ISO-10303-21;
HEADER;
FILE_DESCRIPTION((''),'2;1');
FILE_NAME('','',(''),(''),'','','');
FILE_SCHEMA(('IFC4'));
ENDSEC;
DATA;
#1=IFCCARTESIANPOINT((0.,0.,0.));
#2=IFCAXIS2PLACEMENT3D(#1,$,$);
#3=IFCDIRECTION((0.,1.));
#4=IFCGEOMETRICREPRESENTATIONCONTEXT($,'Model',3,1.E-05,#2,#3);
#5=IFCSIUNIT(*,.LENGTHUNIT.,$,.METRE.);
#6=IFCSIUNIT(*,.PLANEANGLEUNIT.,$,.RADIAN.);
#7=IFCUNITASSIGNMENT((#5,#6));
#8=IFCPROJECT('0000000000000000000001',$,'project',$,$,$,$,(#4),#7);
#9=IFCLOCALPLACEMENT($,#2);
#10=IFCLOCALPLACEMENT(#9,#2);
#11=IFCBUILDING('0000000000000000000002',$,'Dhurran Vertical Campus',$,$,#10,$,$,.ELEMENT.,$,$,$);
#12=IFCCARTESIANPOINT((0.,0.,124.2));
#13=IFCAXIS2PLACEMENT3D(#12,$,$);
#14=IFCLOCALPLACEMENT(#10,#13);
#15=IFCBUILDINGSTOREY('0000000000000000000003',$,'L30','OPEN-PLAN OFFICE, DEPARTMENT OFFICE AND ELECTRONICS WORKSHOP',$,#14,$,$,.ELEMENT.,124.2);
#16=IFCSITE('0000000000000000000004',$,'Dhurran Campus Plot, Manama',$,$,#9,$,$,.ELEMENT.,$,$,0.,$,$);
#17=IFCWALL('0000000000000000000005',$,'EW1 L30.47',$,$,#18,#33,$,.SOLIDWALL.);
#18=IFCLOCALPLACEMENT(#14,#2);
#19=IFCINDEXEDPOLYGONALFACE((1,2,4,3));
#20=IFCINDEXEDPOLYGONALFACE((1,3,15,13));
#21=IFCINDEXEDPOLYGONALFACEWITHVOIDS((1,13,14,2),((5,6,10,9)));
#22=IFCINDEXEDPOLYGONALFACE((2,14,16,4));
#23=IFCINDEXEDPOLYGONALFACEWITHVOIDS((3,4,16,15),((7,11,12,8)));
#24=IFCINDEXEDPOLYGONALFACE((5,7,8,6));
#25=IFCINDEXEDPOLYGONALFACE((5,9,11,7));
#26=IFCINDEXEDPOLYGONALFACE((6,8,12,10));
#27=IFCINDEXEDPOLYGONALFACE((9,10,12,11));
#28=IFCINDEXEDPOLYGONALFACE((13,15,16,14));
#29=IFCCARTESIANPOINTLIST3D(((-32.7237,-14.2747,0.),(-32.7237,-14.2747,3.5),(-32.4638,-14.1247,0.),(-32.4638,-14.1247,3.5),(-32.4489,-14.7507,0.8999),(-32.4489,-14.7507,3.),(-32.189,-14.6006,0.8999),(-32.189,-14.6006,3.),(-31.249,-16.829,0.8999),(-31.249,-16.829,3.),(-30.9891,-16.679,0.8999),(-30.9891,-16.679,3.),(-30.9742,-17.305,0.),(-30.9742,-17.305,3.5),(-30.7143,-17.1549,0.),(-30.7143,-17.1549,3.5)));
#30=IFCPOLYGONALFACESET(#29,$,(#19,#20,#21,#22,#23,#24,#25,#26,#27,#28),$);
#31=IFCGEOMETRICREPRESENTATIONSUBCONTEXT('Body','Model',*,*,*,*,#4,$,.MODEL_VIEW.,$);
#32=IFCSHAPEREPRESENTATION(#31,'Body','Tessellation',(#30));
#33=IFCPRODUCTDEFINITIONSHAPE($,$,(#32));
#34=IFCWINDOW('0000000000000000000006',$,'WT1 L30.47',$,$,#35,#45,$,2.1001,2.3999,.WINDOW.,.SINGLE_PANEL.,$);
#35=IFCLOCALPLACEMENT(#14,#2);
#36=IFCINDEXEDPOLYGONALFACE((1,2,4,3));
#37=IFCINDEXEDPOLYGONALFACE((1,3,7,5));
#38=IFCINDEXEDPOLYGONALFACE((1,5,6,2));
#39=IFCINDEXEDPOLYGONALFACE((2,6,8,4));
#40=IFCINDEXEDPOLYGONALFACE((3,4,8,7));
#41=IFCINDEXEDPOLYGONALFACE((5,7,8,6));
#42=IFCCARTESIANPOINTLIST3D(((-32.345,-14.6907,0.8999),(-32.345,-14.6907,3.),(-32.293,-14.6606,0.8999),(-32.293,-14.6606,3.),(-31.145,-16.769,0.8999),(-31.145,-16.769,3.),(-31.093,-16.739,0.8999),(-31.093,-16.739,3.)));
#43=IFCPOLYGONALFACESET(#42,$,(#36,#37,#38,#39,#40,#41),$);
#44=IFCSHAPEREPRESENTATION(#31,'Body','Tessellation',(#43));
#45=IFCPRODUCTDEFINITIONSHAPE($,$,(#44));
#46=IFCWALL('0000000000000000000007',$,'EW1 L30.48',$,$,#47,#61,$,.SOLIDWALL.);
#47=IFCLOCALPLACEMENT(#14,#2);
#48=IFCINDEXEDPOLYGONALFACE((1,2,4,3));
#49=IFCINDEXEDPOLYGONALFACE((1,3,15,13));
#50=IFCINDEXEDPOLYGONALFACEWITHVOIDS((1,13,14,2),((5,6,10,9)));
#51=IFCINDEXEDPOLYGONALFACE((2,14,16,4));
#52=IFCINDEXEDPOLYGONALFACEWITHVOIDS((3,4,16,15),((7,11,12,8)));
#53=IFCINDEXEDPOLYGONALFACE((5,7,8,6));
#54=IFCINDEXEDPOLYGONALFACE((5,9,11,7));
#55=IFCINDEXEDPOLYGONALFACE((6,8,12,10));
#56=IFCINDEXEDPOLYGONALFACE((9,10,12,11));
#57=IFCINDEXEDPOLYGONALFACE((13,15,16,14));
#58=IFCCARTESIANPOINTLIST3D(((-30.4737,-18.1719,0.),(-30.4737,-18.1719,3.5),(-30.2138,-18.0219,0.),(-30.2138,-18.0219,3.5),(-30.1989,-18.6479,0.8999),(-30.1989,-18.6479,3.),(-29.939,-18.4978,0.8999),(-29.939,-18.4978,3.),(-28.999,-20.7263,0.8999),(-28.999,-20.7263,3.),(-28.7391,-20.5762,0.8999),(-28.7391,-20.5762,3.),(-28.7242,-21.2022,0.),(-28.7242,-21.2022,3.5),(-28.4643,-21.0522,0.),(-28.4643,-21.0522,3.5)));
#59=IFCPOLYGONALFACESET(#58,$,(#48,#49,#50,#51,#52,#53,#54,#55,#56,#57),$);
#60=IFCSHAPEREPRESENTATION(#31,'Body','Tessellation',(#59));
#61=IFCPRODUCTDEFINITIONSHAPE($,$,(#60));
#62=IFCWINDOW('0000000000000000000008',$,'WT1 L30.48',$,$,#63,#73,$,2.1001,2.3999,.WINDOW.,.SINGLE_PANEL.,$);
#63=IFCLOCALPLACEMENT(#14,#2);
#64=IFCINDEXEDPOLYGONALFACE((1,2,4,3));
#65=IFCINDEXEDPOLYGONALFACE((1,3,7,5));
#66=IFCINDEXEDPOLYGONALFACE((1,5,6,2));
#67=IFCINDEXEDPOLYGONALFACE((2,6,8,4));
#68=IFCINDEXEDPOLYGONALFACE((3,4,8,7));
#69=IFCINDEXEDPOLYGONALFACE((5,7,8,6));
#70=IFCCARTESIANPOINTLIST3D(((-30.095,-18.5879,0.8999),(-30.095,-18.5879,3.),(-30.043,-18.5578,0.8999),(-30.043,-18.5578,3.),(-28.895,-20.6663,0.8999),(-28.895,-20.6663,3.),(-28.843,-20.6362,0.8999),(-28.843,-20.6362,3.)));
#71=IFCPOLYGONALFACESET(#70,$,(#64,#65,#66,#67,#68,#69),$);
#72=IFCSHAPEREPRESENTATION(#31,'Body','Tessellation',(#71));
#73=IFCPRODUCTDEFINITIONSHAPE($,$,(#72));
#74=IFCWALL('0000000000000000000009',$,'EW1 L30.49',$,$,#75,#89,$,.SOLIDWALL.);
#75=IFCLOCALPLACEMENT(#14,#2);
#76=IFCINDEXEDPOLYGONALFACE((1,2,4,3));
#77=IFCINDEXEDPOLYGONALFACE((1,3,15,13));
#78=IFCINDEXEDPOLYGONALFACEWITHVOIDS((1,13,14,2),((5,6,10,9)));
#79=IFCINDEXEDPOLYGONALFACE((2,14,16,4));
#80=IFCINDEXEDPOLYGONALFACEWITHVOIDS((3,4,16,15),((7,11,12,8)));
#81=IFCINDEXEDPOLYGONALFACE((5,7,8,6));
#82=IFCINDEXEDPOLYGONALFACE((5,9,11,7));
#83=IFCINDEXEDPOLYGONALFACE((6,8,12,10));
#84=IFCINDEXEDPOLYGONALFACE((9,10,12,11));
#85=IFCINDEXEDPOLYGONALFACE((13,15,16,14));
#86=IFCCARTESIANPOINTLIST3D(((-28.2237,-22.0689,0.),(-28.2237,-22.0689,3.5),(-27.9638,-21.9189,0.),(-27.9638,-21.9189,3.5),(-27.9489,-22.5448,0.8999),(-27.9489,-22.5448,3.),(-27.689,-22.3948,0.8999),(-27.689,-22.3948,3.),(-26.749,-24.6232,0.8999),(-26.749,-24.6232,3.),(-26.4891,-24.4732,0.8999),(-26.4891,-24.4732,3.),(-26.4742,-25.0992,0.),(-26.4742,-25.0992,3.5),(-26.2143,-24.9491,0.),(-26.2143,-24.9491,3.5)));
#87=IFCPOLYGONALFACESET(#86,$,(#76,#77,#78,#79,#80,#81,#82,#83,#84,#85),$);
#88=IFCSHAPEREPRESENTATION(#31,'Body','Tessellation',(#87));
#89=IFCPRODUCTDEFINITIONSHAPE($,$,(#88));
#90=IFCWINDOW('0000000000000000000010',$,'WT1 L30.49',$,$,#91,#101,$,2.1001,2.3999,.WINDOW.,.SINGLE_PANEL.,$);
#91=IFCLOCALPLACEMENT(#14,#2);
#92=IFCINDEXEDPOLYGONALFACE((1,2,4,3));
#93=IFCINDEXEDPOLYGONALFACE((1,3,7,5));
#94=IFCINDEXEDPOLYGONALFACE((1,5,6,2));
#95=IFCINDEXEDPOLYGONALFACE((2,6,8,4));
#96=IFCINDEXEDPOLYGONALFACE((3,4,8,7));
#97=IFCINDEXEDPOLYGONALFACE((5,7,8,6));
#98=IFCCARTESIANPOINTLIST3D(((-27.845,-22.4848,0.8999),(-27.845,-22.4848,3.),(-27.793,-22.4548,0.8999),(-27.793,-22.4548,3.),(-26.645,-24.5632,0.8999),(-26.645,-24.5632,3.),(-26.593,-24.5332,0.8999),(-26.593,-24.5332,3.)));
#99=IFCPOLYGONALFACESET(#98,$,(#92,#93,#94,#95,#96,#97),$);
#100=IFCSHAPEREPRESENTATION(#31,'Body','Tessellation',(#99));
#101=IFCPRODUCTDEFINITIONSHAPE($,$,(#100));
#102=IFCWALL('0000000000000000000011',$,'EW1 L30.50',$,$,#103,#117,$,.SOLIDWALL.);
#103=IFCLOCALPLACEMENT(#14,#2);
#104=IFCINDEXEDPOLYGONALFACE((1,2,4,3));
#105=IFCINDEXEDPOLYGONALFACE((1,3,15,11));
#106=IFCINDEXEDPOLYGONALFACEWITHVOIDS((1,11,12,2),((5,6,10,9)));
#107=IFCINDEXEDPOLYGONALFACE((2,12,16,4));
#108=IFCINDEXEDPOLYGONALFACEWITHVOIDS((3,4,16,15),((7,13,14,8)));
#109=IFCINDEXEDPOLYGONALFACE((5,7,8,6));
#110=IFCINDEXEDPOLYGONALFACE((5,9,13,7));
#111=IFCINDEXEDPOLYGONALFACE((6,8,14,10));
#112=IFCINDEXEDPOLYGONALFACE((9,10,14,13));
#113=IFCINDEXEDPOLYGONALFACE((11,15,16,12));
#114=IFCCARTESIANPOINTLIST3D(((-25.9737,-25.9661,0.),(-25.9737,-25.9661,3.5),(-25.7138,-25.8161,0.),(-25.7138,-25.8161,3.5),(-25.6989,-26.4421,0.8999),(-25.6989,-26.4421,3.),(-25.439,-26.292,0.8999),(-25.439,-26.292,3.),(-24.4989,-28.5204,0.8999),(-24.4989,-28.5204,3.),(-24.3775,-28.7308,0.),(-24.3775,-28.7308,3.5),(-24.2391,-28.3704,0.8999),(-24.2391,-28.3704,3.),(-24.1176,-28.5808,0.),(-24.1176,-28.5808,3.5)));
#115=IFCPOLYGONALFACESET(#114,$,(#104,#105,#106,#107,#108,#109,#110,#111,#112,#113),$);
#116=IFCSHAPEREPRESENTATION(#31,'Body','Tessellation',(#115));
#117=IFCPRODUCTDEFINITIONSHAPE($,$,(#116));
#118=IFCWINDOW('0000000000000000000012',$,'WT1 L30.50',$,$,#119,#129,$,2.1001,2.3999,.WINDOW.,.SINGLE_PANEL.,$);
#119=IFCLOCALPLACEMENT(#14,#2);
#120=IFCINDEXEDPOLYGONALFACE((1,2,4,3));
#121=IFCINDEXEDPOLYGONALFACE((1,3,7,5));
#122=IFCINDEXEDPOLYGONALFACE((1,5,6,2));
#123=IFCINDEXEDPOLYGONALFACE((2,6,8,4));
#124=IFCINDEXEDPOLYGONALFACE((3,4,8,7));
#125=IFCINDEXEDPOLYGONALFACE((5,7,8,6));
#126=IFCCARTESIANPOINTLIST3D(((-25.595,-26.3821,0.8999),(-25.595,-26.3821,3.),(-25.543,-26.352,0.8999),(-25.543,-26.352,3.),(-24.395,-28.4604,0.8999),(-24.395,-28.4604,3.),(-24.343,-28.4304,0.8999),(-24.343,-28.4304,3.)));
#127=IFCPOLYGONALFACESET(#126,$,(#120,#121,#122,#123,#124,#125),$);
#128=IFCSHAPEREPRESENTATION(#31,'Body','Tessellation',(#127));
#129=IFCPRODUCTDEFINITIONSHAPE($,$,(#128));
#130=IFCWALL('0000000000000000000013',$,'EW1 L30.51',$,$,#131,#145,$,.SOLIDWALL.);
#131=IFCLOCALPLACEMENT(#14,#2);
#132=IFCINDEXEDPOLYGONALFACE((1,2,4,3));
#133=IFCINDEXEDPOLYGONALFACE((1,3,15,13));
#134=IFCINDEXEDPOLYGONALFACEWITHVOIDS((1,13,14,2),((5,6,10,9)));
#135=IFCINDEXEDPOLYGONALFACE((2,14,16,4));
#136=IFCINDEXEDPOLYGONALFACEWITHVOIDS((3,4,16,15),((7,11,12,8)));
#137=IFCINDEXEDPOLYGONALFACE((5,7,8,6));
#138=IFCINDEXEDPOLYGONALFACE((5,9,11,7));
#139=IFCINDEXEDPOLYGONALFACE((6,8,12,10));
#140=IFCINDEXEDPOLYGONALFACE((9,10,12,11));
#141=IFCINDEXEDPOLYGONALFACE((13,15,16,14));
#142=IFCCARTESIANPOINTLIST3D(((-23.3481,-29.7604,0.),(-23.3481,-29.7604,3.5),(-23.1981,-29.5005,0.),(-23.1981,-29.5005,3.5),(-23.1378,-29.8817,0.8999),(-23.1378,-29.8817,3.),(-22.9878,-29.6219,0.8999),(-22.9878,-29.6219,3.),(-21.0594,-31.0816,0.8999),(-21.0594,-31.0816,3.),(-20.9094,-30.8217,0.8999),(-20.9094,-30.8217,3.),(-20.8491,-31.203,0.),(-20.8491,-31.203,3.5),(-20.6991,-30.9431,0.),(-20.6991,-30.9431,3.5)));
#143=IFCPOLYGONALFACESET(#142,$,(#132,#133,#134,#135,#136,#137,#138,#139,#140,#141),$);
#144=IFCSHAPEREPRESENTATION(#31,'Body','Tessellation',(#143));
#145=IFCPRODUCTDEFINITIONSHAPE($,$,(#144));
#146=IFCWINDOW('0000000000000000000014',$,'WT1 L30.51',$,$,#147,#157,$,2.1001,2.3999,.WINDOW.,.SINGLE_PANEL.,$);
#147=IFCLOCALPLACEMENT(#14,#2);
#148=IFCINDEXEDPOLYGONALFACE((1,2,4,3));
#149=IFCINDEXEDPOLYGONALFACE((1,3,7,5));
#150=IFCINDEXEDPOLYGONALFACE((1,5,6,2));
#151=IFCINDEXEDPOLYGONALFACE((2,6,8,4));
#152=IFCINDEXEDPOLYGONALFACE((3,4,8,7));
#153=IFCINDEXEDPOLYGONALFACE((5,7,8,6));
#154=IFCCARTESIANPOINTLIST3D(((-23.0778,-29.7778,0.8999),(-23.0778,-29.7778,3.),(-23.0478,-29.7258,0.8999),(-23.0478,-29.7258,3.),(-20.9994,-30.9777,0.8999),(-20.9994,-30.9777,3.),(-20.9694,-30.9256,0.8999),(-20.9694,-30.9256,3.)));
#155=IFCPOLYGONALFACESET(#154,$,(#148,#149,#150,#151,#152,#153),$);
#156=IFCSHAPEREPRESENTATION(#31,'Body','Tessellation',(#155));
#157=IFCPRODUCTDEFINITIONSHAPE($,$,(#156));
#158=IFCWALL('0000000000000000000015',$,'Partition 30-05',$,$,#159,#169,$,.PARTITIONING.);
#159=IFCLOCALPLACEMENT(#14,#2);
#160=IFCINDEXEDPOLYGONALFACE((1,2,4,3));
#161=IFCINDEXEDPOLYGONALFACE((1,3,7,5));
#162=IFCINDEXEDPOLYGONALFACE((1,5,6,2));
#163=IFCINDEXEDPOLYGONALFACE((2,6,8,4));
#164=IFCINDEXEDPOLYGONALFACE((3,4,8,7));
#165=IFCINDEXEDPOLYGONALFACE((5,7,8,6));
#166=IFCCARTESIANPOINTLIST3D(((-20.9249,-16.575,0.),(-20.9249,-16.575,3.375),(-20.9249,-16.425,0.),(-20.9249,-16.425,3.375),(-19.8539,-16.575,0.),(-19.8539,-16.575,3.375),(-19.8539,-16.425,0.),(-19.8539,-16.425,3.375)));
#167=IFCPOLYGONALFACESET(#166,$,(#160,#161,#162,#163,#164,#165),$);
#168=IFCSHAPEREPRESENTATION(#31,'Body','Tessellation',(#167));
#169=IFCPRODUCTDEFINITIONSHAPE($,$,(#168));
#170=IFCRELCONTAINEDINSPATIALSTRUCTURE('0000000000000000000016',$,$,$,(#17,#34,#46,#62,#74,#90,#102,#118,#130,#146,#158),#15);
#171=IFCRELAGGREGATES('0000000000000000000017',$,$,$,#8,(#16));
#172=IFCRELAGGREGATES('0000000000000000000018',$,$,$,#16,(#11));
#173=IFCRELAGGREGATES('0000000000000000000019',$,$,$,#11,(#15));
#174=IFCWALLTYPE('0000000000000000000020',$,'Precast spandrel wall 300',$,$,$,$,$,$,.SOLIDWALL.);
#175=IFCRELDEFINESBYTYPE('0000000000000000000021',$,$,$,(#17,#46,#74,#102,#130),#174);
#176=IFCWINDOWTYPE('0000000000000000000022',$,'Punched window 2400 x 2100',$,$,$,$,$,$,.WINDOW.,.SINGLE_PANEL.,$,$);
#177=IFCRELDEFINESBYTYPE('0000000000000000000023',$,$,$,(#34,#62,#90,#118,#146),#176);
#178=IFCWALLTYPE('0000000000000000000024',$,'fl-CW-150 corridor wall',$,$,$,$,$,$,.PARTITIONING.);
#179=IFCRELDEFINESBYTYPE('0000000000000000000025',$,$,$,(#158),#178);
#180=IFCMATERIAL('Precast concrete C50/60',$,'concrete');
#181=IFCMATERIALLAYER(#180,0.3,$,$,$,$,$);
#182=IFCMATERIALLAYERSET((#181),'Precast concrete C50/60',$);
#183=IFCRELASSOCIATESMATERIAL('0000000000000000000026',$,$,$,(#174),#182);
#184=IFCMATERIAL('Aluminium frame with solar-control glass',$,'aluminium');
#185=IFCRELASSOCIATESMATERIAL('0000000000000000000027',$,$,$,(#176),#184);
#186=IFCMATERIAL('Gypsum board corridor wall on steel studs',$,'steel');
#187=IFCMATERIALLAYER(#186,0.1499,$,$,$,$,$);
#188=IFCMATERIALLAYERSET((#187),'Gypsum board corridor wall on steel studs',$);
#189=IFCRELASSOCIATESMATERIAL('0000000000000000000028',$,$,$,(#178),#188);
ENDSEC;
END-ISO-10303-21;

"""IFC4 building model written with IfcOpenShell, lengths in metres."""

from ifc_helpers import new_model, si_unit, direction, frame, frame_2d, origin, place, context, subcontext, project, spatial, rectangle, extrude, material, layer, layer_set, type_object, element, fill, save


model = new_model("IFC4")

# Units and contexts
model_context = context("Model", 3, precision=1e-05, world=origin(), true_north=direction((0.0, 1.0)))
body_context = subcontext(model_context, "Body", "Model", "MODEL_VIEW")
ifc_project = project(units=[si_unit("LENGTHUNIT", "METRE"), si_unit("PLANEANGLEUNIT", "RADIAN")], contexts=[model_context])

# Site, building, storey
site_placement = place(None, origin())
site = spatial("IfcSite", under=ifc_project, at=site_placement, Name="Dhurran Campus Plot, Manama", CompositionType="ELEMENT", RefElevation=0.0)
building_placement = place(site_placement, origin())
building = spatial("IfcBuilding", under=site, at=building_placement, Name="Dhurran Vertical Campus", CompositionType="ELEMENT")
storey_placement = place(building_placement, frame((0.0, 0.0, 124.2)))
storey = spatial("IfcBuildingStorey", under=building, at=storey_placement, Name="L30", Description="OPEN-PLAN OFFICE, DEPARTMENT OFFICE AND ELECTRONICS WORKSHOP", CompositionType="ELEMENT", Elevation=124.2)

# Walls, openings, windows
ifc_material_1 = material(Name="Precast concrete C50/60", Category="concrete")
ifc_layer_1 = layer(ifc_material_1, 0.3)
ifc_layer_set_1 = layer_set([ifc_layer_1], Name="Precast concrete C50/60")
wall_type_1 = type_object("IfcWallType", Name="Precast spandrel wall 300", PredefinedType="SOLIDWALL", material=ifc_layer_set_1)
ifc_material_2 = material(Name="Aluminium frame with solar-control glass", Category="aluminium")
window_type = type_object("IfcWindowType", Name="Punched window 2400 x 2100", PartitioningType="SINGLE_PANEL", PredefinedType="WINDOW", material=ifc_material_2)
wall_1_placement = place(storey_placement, frame((-32.5938, -14.1997, 0.0), z_axis=(0.0, 0.0, 1.0), x_axis=(0.499996, -0.866028, 0.0)))
wall_1 = element("IfcWall", 1, at=wall_1_placement, inside=storey, type_object=wall_type_1, Name="EW1 L30.47", PredefinedType="SOLIDWALL", context=body_context, shape_type="SweptSolid", body=[
    extrude(rectangle(XDim=3.499, YDim=0.3, at=frame_2d((1.7495, 0.0))), origin(), (0.0, 0.0, 1.0), 3.5),
])
opening_1_placement = place(wall_1_placement, frame((0.5496, 0.0, 0.8999)))
opening_1 = element("IfcOpeningElement", 2, at=opening_1_placement, cuts=wall_1, PredefinedType="OPENING", context=body_context, shape_type="SweptSolid", body=[
    extrude(rectangle(XDim=2.3999, YDim=2.1001, at=frame_2d((1.2, 1.05))), frame((0.0, 0.1599, 0.0), z_axis=(0.0, -1.0, 0.0), x_axis=(1.0, 0.0, 0.0)), (0.0, 0.0, 1.0), 0.3201),
])
window_1_placement = place(opening_1_placement, origin())
window_1 = element("IfcWindow", 3, at=window_1_placement, inside=storey, type_object=window_type, Name="WT1 L30.47", OverallHeight=2.1001, OverallWidth=2.3999, PartitioningType="SINGLE_PANEL", PredefinedType="WINDOW", context=body_context, shape_type="SweptSolid", body=[
    extrude(rectangle(XDim=2.3999, YDim=2.1001, at=frame_2d((1.2, 1.05))), frame((0.0, 0.03, 0.0), z_axis=(0.0, -1.0, 0.0), x_axis=(1.0, 0.0, 0.0)), (0.0, 0.0, 1.0), 0.0601),
])
fill(opening_1, window_1)
wall_2_placement = place(storey_placement, frame((-30.3438, -18.0969, 0.0), z_axis=(0.0, 0.0, 1.0), x_axis=(0.499996, -0.866028, 0.0)))
wall_2 = element("IfcWall", 4, at=wall_2_placement, inside=storey, type_object=wall_type_1, Name="EW1 L30.48", PredefinedType="SOLIDWALL", context=body_context, shape_type="SweptSolid", body=[
    extrude(rectangle(XDim=3.499, YDim=0.3, at=frame_2d((1.7495, 0.0))), origin(), (0.0, 0.0, 1.0), 3.5),
])
opening_2_placement = place(wall_2_placement, frame((0.5496, 0.0, 0.8999)))
opening_2 = element("IfcOpeningElement", 5, at=opening_2_placement, cuts=wall_2, PredefinedType="OPENING", context=body_context, shape_type="SweptSolid", body=[
    extrude(rectangle(XDim=2.3999, YDim=2.1001, at=frame_2d((1.2, 1.05))), frame((0.0, 0.1599, 0.0), z_axis=(0.0, -1.0, 0.0), x_axis=(1.0, 0.0, 0.0)), (0.0, 0.0, 1.0), 0.3201),
])
window_2_placement = place(opening_2_placement, origin())
window_2 = element("IfcWindow", 6, at=window_2_placement, inside=storey, type_object=window_type, Name="WT1 L30.48", OverallHeight=2.1001, OverallWidth=2.3999, PartitioningType="SINGLE_PANEL", PredefinedType="WINDOW", context=body_context, shape_type="SweptSolid", body=[
    extrude(rectangle(XDim=2.3999, YDim=2.1001, at=frame_2d((1.2, 1.05))), frame((0.0, 0.03, 0.0), z_axis=(0.0, -1.0, 0.0), x_axis=(1.0, 0.0, 0.0)), (0.0, 0.0, 1.0), 0.0601),
])
fill(opening_2, window_2)
wall_3_placement = place(storey_placement, frame((-28.0938, -21.9939, 0.0), z_axis=(0.0, 0.0, 1.0), x_axis=(0.499996, -0.866028, 0.0)))
wall_3 = element("IfcWall", 7, at=wall_3_placement, inside=storey, type_object=wall_type_1, Name="EW1 L30.49", PredefinedType="SOLIDWALL", context=body_context, shape_type="SweptSolid", body=[
    extrude(rectangle(XDim=3.499, YDim=0.3, at=frame_2d((1.7495, 0.0))), origin(), (0.0, 0.0, 1.0), 3.5),
])
opening_3_placement = place(wall_3_placement, frame((0.5496, 0.0, 0.8999)))
opening_3 = element("IfcOpeningElement", 8, at=opening_3_placement, cuts=wall_3, PredefinedType="OPENING", context=body_context, shape_type="SweptSolid", body=[
    extrude(rectangle(XDim=2.3999, YDim=2.1001, at=frame_2d((1.2, 1.05))), frame((0.0, 0.1599, 0.0), z_axis=(0.0, -1.0, 0.0), x_axis=(1.0, 0.0, 0.0)), (0.0, 0.0, 1.0), 0.3201),
])
window_3_placement = place(opening_3_placement, origin())
window_3 = element("IfcWindow", 9, at=window_3_placement, inside=storey, type_object=window_type, Name="WT1 L30.49", OverallHeight=2.1001, OverallWidth=2.3999, PartitioningType="SINGLE_PANEL", PredefinedType="WINDOW", context=body_context, shape_type="SweptSolid", body=[
    extrude(rectangle(XDim=2.3999, YDim=2.1001, at=frame_2d((1.2, 1.05))), frame((0.0, 0.03, 0.0), z_axis=(0.0, -1.0, 0.0), x_axis=(1.0, 0.0, 0.0)), (0.0, 0.0, 1.0), 0.0601),
])
fill(opening_3, window_3)
wall_4_placement = place(storey_placement, frame((-25.8438, -25.8911, 0.0), z_axis=(0.0, 0.0, 1.0), x_axis=(0.500005, -0.866023, 0.0)))
wall_4 = element("IfcWall", 10, at=wall_4_placement, inside=storey, type_object=wall_type_1, Name="EW1 L30.50", PredefinedType="SOLIDWALL", context=body_context, shape_type="SweptSolid", body=[
    extrude(rectangle(XDim=3.1924, YDim=0.3, at=frame_2d((1.5962, 0.0))), origin(), (0.0, 0.0, 1.0), 3.5),
])
opening_4_placement = place(wall_4_placement, frame((0.5496, 0.0, 0.8999)))
opening_4 = element("IfcOpeningElement", 11, at=opening_4_placement, cuts=wall_4, PredefinedType="OPENING", context=body_context, shape_type="SweptSolid", body=[
    extrude(rectangle(XDim=2.3999, YDim=2.1001, at=frame_2d((1.2, 1.05))), frame((0.0, 0.1599, 0.0), z_axis=(0.0, -1.0, 0.0), x_axis=(1.0, 0.0, 0.0)), (0.0, 0.0, 1.0), 0.3201),
])
window_4_placement = place(opening_4_placement, origin())
window_4 = element("IfcWindow", 12, at=window_4_placement, inside=storey, type_object=window_type, Name="WT1 L30.50", OverallHeight=2.1001, OverallWidth=2.3999, PartitioningType="SINGLE_PANEL", PredefinedType="WINDOW", context=body_context, shape_type="SweptSolid", body=[
    extrude(rectangle(XDim=2.3999, YDim=2.1001, at=frame_2d((1.2, 1.05))), frame((0.0, 0.03, 0.0), z_axis=(0.0, -1.0, 0.0), x_axis=(1.0, 0.0, 0.0)), (0.0, 0.0, 1.0), 0.0601),
])
fill(opening_4, window_4)
wall_5_placement = place(storey_placement, frame((-23.2732, -29.6304, 0.0), z_axis=(0.0, 0.0, 1.0), x_axis=(0.866053, -0.499952, 0.0)))
wall_5 = element("IfcWall", 13, at=wall_5_placement, inside=storey, type_object=wall_type_1, Name="EW1 L30.51", PredefinedType="SOLIDWALL", context=body_context, shape_type="SweptSolid", body=[
    extrude(rectangle(XDim=2.8855, YDim=0.3, at=frame_2d((1.4429, 0.0))), origin(), (0.0, 0.0, 1.0), 3.5),
])
opening_5_placement = place(wall_5_placement, frame((0.2429, 0.0, 0.8999)))
opening_5 = element("IfcOpeningElement", 14, at=opening_5_placement, cuts=wall_5, PredefinedType="OPENING", context=body_context, shape_type="SweptSolid", body=[
    extrude(rectangle(XDim=2.3999, YDim=2.1001, at=frame_2d((1.2, 1.05))), frame((0.0, 0.1599, 0.0), z_axis=(0.0, -1.0, 0.0), x_axis=(1.0, 0.0, 0.0)), (0.0, 0.0, 1.0), 0.3201),
])
window_5_placement = place(opening_5_placement, origin())
window_5 = element("IfcWindow", 15, at=window_5_placement, inside=storey, type_object=window_type, Name="WT1 L30.51", OverallHeight=2.1001, OverallWidth=2.3999, PartitioningType="SINGLE_PANEL", PredefinedType="WINDOW", context=body_context, shape_type="SweptSolid", body=[
    extrude(rectangle(XDim=2.3999, YDim=2.1001, at=frame_2d((1.2, 1.05))), frame((0.0, 0.03, 0.0), z_axis=(0.0, -1.0, 0.0), x_axis=(1.0, 0.0, 0.0)), (0.0, 0.0, 1.0), 0.0601),
])
fill(opening_5, window_5)

# Wall
ifc_material_3 = material(Name="Gypsum board corridor wall on steel studs", Category="steel")
ifc_layer_2 = layer(ifc_material_3, 0.1499)
ifc_layer_set_2 = layer_set([ifc_layer_2], Name="Gypsum board corridor wall on steel studs")
wall_type_2 = type_object("IfcWallType", Name="fl-CW-150 corridor wall", PredefinedType="PARTITIONING", material=ifc_layer_set_2)
wall_6_placement = place(storey_placement, frame((-20.925, -16.5, 0.0), z_axis=(0.0, 0.0, 1.0), x_axis=(1.0, 0.0, 0.0)))
element("IfcWall", 16, at=wall_6_placement, inside=storey, type_object=wall_type_2, Name="Partition 30-05", PredefinedType="PARTITIONING", context=body_context, shape_type="SweptSolid", body=[
    extrude(rectangle(XDim=1.071, YDim=0.1499, at=frame_2d((0.5356, 0.0))), origin(), (0.0, 0.0, 1.0), 3.375),
])

save(model, "model.ifc")
